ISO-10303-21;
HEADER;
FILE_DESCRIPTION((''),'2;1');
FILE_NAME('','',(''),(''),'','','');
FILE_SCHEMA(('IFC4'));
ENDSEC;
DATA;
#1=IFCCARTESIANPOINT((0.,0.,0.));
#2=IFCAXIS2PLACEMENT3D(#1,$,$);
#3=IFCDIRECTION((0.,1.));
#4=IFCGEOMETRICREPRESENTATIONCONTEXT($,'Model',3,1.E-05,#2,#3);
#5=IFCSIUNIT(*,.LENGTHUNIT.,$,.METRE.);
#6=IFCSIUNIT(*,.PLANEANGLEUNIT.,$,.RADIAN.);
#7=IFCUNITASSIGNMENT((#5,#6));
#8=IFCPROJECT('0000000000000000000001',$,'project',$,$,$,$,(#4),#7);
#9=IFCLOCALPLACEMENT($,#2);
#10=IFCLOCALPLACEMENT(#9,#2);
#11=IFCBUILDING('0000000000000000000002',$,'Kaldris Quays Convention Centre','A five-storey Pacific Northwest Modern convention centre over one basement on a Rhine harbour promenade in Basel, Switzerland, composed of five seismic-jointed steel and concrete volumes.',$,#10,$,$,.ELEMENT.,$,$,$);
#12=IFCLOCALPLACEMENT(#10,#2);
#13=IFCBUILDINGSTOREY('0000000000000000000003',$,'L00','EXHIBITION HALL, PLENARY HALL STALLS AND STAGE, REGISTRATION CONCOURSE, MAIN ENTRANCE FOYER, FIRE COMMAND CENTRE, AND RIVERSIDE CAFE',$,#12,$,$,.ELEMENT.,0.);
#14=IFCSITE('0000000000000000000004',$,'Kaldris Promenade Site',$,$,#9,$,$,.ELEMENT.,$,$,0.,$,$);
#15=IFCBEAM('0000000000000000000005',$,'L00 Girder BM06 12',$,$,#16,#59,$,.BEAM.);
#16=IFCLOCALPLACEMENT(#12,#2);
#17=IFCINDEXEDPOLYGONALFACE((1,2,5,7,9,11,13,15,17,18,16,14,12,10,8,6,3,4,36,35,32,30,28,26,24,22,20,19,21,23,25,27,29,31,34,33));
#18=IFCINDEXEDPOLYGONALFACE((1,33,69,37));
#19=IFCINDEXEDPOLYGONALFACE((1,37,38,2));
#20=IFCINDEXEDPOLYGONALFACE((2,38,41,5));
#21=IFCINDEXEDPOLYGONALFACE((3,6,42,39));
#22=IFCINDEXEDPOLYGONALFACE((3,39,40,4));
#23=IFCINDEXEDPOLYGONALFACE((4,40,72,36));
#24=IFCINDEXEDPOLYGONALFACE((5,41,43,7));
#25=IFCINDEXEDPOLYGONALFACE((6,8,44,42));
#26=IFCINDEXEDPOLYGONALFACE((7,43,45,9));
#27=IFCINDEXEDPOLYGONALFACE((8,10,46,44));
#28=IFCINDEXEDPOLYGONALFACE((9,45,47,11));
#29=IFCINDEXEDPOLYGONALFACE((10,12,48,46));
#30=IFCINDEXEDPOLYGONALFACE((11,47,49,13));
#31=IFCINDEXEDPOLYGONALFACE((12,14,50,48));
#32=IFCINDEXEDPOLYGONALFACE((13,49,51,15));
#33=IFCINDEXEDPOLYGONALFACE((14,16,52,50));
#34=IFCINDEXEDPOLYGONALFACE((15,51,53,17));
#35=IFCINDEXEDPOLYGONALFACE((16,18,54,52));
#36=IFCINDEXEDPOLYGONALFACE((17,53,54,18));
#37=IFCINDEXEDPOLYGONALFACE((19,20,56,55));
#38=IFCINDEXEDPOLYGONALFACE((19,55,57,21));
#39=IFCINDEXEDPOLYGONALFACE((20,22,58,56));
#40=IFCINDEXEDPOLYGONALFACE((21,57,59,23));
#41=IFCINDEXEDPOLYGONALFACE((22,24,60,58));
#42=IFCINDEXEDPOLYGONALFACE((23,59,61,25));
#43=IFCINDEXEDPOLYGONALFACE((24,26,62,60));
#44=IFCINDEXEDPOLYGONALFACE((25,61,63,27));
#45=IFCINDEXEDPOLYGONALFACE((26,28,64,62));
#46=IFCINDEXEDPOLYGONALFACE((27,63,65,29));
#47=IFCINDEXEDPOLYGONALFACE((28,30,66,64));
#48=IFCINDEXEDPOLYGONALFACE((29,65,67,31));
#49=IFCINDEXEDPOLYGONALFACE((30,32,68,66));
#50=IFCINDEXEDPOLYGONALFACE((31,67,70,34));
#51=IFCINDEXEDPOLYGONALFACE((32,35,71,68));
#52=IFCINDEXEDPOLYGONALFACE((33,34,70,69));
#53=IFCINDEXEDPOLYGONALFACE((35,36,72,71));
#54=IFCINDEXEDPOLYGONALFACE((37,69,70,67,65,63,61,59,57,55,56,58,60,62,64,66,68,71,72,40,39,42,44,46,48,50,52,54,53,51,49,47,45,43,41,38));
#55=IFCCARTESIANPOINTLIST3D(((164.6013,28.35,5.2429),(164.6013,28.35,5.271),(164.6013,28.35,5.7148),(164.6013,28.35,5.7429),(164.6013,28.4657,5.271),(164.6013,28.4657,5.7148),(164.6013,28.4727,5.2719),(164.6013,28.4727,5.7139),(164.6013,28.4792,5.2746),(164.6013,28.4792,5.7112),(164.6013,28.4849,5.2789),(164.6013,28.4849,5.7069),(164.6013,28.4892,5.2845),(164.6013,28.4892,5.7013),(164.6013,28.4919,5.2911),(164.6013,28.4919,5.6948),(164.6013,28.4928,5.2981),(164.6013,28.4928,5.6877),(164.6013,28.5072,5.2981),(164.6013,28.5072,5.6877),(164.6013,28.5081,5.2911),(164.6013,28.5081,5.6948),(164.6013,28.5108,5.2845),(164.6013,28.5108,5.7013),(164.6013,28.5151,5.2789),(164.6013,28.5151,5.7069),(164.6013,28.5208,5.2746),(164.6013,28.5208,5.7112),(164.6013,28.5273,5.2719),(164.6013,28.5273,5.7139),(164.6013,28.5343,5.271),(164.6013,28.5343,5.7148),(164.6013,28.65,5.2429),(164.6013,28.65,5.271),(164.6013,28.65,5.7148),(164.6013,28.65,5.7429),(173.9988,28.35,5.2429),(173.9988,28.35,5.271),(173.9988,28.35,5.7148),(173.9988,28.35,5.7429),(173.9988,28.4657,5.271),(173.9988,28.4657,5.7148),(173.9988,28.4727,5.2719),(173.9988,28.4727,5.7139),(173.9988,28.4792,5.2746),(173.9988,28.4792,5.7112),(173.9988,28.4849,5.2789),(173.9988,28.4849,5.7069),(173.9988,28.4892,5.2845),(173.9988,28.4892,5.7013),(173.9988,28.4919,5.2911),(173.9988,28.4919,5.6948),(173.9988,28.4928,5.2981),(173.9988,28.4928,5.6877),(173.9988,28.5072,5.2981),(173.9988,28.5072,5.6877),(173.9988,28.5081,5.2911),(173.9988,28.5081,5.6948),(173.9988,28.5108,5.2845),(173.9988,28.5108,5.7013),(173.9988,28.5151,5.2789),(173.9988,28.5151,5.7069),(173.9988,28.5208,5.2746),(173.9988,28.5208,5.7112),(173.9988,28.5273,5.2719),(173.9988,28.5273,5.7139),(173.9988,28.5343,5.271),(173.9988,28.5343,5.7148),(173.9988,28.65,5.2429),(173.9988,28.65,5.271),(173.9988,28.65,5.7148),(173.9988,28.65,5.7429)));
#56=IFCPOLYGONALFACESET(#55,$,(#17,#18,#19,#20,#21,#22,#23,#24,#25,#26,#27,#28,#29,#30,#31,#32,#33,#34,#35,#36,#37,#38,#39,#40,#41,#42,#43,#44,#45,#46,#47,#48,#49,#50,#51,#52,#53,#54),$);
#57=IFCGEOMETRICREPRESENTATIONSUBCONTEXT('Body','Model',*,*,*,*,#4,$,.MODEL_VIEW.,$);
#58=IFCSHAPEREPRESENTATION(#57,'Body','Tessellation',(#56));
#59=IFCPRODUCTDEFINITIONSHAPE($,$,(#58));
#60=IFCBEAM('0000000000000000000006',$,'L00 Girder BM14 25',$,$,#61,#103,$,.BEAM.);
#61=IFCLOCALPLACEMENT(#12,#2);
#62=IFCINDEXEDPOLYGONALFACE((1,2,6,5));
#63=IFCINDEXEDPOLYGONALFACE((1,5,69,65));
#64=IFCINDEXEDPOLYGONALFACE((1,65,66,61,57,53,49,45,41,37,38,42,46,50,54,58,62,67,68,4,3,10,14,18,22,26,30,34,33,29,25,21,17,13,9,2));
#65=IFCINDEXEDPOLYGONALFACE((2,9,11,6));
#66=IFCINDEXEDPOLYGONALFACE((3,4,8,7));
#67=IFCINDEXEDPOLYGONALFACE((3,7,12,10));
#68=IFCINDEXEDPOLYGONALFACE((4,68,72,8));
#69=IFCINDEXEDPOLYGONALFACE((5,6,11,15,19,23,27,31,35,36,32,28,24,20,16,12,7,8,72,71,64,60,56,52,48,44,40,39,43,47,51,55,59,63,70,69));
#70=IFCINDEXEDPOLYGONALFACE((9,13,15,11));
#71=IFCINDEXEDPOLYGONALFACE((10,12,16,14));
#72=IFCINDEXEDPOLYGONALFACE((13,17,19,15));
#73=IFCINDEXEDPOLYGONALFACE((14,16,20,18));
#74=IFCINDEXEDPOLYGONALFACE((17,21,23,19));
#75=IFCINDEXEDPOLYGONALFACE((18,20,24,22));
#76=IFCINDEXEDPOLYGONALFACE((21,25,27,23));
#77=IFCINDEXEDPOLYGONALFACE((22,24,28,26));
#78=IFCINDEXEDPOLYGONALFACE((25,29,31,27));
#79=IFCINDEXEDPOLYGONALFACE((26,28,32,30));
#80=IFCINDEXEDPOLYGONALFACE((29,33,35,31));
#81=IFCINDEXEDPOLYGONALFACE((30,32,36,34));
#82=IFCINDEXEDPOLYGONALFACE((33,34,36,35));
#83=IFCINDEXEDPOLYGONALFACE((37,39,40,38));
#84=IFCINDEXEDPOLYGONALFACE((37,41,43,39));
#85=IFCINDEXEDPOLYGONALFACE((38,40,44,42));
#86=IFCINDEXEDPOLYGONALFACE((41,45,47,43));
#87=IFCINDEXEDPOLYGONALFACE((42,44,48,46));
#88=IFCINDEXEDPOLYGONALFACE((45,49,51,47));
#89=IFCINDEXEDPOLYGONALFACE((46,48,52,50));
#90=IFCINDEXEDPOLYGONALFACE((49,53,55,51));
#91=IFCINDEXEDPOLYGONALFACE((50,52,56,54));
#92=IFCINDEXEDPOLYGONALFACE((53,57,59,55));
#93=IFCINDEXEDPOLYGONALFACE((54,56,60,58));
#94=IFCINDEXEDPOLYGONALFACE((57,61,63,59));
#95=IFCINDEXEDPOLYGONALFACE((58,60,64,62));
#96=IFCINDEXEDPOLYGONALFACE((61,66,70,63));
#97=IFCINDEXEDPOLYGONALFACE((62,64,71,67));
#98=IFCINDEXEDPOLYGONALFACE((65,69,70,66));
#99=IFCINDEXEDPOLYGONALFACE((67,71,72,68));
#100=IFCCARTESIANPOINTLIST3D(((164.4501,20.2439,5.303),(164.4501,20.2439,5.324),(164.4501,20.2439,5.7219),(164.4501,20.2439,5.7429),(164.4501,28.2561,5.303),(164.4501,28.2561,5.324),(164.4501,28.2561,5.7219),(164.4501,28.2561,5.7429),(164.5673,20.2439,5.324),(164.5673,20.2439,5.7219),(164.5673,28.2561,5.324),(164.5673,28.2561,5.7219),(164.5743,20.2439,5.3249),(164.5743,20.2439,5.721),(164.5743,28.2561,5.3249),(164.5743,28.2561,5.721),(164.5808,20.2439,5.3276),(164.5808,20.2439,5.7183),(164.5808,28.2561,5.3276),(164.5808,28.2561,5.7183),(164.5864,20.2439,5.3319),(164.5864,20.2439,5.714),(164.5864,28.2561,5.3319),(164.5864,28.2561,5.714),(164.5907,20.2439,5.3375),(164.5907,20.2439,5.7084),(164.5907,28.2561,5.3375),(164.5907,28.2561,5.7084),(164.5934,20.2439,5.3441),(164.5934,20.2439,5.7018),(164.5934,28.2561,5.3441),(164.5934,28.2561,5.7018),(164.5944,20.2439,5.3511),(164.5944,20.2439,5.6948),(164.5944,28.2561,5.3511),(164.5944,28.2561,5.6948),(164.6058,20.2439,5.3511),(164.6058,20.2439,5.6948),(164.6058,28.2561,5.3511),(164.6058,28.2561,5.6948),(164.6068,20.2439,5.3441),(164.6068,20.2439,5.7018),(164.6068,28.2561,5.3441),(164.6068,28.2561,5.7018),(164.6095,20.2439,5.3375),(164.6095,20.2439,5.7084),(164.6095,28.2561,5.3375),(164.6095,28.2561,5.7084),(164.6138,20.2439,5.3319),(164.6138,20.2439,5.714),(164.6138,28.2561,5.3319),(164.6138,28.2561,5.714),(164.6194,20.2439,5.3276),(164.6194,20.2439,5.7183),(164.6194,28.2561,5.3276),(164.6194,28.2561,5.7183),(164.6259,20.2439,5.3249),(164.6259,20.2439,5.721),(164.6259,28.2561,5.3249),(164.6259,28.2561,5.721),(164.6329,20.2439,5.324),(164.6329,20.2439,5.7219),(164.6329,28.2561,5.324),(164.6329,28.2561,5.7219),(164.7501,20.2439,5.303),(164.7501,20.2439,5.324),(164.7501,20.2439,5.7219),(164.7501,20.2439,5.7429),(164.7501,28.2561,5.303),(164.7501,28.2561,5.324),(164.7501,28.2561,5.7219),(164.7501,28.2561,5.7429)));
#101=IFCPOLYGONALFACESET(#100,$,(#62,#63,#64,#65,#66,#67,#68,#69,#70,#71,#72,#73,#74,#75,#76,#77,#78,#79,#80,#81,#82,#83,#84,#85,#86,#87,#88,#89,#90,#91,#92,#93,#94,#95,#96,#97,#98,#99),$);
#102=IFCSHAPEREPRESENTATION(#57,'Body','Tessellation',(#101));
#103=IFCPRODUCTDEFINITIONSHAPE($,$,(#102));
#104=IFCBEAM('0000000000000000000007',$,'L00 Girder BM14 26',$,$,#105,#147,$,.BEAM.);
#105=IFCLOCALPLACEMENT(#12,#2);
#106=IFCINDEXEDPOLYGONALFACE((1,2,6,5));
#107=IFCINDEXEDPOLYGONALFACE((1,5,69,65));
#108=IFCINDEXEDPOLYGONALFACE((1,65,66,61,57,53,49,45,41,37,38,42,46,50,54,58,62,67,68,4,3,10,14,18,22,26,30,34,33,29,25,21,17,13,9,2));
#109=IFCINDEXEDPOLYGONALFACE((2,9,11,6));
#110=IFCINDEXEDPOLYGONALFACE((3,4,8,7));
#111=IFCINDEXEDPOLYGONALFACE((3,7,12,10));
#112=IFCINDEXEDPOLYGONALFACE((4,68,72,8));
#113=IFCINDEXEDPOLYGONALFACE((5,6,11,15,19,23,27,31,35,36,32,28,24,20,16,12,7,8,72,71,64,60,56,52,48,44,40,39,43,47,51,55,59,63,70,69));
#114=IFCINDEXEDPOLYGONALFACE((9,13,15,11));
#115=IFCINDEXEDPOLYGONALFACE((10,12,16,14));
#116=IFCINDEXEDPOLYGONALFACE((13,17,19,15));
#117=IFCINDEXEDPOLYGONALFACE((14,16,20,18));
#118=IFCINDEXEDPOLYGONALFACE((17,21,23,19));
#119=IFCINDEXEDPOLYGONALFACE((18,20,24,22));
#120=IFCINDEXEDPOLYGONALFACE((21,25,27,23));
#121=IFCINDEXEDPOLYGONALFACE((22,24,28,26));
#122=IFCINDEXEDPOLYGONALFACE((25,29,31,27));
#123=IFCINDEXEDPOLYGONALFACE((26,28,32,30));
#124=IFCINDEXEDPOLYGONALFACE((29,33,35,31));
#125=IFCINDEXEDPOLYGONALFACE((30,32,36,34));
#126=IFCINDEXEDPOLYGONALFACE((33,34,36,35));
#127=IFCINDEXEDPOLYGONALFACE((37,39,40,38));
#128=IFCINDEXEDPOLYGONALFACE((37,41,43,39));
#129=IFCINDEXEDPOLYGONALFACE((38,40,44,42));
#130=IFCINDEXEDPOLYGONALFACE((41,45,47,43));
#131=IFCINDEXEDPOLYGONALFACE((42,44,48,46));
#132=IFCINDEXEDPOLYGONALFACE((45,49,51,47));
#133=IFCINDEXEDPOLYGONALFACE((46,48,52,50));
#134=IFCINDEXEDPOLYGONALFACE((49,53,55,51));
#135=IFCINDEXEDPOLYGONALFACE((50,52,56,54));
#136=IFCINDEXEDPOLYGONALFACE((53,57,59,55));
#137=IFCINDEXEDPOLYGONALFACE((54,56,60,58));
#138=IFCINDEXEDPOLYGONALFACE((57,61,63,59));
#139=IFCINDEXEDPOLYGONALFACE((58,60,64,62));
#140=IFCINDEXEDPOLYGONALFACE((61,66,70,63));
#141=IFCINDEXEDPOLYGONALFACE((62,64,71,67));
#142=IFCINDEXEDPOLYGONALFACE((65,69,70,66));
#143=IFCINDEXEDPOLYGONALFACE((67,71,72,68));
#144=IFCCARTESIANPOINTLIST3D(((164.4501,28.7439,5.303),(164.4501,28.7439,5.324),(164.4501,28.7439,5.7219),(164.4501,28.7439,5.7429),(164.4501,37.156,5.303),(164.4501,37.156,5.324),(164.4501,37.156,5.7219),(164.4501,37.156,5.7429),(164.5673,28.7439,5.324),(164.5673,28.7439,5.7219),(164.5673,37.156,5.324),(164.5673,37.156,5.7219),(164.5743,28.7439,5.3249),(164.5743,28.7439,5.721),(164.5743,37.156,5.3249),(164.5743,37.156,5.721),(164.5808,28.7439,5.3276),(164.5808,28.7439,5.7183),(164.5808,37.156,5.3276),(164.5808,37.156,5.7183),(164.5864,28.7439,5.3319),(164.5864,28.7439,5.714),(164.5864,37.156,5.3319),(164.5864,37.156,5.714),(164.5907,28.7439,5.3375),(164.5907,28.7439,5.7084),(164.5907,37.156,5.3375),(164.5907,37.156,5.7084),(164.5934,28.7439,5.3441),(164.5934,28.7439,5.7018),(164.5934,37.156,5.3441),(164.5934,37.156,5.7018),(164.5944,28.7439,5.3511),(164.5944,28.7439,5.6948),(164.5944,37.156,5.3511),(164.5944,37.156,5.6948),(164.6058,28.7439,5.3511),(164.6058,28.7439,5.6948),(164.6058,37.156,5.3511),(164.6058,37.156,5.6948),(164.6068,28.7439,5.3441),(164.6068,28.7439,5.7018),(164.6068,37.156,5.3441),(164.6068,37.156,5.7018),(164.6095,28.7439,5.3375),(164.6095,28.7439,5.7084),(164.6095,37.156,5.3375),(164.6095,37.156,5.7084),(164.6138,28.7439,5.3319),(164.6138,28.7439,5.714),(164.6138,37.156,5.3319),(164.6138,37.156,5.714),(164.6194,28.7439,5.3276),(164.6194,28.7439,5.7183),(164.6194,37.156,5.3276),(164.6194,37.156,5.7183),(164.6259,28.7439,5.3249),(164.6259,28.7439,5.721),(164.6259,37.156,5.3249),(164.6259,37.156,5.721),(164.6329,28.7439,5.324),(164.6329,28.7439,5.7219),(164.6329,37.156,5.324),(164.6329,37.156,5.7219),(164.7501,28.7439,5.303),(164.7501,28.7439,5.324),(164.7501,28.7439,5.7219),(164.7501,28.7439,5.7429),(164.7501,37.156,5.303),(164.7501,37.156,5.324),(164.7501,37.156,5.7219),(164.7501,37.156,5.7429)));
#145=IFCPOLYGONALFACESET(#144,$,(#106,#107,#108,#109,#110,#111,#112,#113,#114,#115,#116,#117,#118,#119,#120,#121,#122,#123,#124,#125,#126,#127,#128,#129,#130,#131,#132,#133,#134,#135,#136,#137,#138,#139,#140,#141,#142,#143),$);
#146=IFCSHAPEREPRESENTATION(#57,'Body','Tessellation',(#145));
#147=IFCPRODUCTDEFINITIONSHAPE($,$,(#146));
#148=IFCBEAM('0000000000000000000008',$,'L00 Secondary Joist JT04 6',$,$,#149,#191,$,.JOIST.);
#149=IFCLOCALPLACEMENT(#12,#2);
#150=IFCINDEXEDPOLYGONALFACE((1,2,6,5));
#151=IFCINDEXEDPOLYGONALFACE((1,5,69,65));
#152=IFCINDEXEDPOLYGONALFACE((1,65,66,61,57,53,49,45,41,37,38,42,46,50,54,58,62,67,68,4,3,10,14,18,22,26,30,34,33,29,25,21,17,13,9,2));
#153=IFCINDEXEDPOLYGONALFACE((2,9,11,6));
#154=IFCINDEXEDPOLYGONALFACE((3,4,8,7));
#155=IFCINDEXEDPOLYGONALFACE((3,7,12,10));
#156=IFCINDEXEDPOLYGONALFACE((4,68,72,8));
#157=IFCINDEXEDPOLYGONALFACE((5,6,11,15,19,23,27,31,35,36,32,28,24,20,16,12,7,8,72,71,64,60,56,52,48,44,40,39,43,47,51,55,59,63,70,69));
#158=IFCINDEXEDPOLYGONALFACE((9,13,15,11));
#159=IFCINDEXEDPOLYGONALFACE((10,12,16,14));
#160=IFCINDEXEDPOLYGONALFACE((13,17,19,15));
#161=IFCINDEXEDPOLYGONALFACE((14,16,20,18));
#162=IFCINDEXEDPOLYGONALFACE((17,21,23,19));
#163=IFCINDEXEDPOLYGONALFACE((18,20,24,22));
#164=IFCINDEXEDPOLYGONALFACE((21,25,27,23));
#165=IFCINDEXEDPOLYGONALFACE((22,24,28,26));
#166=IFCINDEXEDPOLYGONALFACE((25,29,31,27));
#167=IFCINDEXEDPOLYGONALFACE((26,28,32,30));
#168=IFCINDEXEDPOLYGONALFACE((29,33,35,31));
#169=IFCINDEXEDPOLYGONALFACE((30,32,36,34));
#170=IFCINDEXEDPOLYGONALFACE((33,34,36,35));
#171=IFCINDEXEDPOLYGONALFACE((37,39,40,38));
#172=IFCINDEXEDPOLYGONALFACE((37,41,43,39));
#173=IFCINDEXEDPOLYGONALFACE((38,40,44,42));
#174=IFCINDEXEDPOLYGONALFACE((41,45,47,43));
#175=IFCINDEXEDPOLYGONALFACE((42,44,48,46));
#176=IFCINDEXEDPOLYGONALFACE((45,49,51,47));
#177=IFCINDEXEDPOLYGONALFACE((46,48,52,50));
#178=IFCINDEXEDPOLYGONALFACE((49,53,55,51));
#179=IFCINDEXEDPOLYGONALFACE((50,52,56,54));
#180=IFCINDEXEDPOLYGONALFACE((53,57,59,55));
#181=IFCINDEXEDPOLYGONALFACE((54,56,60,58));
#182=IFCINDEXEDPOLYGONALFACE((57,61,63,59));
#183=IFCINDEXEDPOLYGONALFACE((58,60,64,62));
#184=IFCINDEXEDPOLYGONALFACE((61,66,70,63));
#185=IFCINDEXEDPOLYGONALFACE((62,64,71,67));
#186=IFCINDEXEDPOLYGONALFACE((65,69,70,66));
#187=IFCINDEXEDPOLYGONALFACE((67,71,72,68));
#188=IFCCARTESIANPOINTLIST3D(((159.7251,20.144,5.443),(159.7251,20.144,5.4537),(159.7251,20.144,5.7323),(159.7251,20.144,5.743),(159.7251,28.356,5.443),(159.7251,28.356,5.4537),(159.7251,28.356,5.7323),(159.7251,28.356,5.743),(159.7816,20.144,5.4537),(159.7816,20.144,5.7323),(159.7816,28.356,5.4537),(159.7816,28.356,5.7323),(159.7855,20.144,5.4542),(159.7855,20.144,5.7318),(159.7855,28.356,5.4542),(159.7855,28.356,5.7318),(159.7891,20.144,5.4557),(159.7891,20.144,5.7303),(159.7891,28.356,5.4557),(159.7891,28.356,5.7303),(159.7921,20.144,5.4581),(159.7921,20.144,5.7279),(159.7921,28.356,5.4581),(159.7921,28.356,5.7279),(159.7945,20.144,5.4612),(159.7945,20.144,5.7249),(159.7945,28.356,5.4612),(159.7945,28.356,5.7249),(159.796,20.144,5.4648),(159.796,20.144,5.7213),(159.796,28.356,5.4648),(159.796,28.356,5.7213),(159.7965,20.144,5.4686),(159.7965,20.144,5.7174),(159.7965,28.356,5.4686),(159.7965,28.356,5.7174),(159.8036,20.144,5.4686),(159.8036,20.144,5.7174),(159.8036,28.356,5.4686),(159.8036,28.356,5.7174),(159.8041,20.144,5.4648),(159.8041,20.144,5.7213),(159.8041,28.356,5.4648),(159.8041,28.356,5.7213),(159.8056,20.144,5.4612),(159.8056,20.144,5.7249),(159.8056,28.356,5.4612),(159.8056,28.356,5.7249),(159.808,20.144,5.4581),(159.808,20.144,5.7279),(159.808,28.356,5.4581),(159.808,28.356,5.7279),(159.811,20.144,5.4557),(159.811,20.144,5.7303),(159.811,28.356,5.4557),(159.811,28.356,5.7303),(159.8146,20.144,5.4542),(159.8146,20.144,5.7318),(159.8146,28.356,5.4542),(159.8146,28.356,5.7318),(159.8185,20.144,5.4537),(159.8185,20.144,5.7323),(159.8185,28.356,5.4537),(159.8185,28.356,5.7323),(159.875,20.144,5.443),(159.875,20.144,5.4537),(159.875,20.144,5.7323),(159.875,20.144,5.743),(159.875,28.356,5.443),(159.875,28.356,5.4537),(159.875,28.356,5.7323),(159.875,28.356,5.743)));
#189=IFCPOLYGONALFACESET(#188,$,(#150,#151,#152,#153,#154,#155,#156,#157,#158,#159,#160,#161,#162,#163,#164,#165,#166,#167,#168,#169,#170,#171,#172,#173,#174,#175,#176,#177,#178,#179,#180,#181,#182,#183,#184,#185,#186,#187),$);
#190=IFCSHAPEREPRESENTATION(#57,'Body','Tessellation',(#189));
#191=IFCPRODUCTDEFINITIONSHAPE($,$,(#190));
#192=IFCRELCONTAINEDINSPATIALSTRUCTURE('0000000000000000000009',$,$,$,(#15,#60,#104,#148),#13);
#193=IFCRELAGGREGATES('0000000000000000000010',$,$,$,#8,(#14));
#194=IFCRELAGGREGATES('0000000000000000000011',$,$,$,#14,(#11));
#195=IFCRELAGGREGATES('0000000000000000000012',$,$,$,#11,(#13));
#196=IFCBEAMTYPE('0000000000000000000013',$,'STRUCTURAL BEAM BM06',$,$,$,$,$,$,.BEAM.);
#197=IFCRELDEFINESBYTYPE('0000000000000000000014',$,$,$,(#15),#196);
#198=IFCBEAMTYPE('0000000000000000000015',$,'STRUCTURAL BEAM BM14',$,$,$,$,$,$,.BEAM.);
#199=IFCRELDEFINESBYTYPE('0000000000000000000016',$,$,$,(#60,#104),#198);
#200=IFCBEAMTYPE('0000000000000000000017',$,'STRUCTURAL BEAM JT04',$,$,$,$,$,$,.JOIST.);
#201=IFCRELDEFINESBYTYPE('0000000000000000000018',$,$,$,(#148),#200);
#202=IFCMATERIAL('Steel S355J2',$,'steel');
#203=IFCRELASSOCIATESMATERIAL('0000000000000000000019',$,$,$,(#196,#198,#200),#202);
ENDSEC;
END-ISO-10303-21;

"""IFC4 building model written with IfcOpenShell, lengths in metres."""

from ifc_helpers import new_model, si_unit, direction, frame, origin, origin_2d, place, context, subcontext, project, spatial, i_section, extrude, material, material_profile, profile_set, type_object, element, save


model = new_model("IFC4")

# Units and contexts
model_context = context("Model", 3, precision=1e-05, world=origin(), true_north=direction((0.0, 1.0)))
body_context = subcontext(model_context, "Body", "Model", "MODEL_VIEW")
ifc_project = project(units=[si_unit("LENGTHUNIT", "METRE"), si_unit("PLANEANGLEUNIT", "RADIAN")], contexts=[model_context])

# Site, building, storey
site_placement = place(None, origin())
site = spatial("IfcSite", under=ifc_project, at=site_placement, Name="Kaldris Promenade Site", CompositionType="ELEMENT", RefElevation=0.0)
building_placement = place(site_placement, origin())
building = spatial("IfcBuilding", under=site, at=building_placement, Name="Kaldris Quays Convention Centre", Description="A five-storey Pacific Northwest Modern convention centre over one basement on a Rhine harbour promenade in Basel, Switzerland, composed of five seismic-jointed steel and concrete volumes.", CompositionType="ELEMENT")
storey_placement = place(building_placement, origin())
storey = spatial("IfcBuildingStorey", under=building, at=storey_placement, Name="L00", Description="EXHIBITION HALL, PLENARY HALL STALLS AND STAGE, REGISTRATION CONCOURSE, MAIN ENTRANCE FOYER, FIRE COMMAND CENTRE, AND RIVERSIDE CAFE", CompositionType="ELEMENT", Elevation=0.0)

# Shared definitions
ifc_material_1 = material(Name="Steel S355J2", Category="steel")

# Beams
ifc_material_profile_1 = material_profile(ifc_material_1, i_section(OverallWidth=0.3, OverallDepth=0.5, WebThickness=0.0144, FlangeThickness=0.0281, FilletRadius=0.0271, at=origin_2d()), Name="HEB 500")
ifc_profile_set_1 = profile_set([ifc_material_profile_1], Name="Steel S355J2")
beam_type_1 = type_object("IfcBeamType", Name="STRUCTURAL BEAM BM06", PredefinedType="BEAM", material=ifc_profile_set_1)
beam_1_placement = place(storey_placement, frame((164.6013, 28.5, 5.4929), z_axis=(1.0, 0.0, 0.0), x_axis=(0.0, 1.0, 0.0)))
element("IfcBeam", 1, at=beam_1_placement, inside=storey, type_object=beam_type_1, Name="L00 Girder BM06 12", PredefinedType="BEAM", context=body_context, shape_type="SweptSolid", body=[
    extrude(i_section(OverallWidth=0.3, OverallDepth=0.5, WebThickness=0.0144, FlangeThickness=0.0281, FilletRadius=0.0271, at=origin_2d()), origin(), (0.0, 0.0, 1.0), 9.3975),
])
ifc_material_profile_2 = material_profile(ifc_material_1, i_section(OverallWidth=0.3, OverallDepth=0.4399, WebThickness=0.0115, FlangeThickness=0.021, FilletRadius=0.0271, at=origin_2d()), Name="HEA 450")
ifc_profile_set_2 = profile_set([ifc_material_profile_2], Name="Steel S355J2")
beam_type_2 = type_object("IfcBeamType", Name="STRUCTURAL BEAM BM14", PredefinedType="BEAM", material=ifc_profile_set_2)
beam_2_placement = place(storey_placement, frame((164.6001, 20.2439, 5.5229), z_axis=(0.0, 1.0, 0.0), x_axis=(-1.0, 0.0, 0.0)))
element("IfcBeam", 2, at=beam_2_placement, inside=storey, type_object=beam_type_2, Name="L00 Girder BM14 25", PredefinedType="BEAM", context=body_context, shape_type="SweptSolid", body=[
    extrude(i_section(OverallWidth=0.3, OverallDepth=0.4399, WebThickness=0.0115, FlangeThickness=0.021, FilletRadius=0.0271, at=origin_2d()), origin(), (0.0, 0.0, 1.0), 8.0122),
])
beam_3_placement = place(storey_placement, frame((164.6001, 28.7439, 5.5229), z_axis=(0.0, 1.0, 0.0), x_axis=(-1.0, 0.0, 0.0)))
element("IfcBeam", 3, at=beam_3_placement, inside=storey, type_object=beam_type_2, Name="L00 Girder BM14 26", PredefinedType="BEAM", context=body_context, shape_type="SweptSolid", body=[
    extrude(i_section(OverallWidth=0.3, OverallDepth=0.4399, WebThickness=0.0115, FlangeThickness=0.021, FilletRadius=0.0271, at=origin_2d()), origin(), (0.0, 0.0, 1.0), 8.4121),
])
ifc_material_profile_3 = material_profile(ifc_material_1, i_section(OverallWidth=0.1499, OverallDepth=0.3, WebThickness=0.0071, FlangeThickness=0.0107, FilletRadius=0.0149, at=origin_2d()), Name="IPE 300")
ifc_profile_set_3 = profile_set([ifc_material_profile_3], Name="Steel S355J2")
beam_type_3 = type_object("IfcBeamType", Name="STRUCTURAL BEAM JT04", PredefinedType="JOIST", material=ifc_profile_set_3)
for number, where, z_axis, x_axis, name in (
    (4, (159.8, 20.144, 5.593), (0.0, 1.0, 0.0), (-1.0, 0.0, 0.0), "L00 Secondary Joist JT04 6"),
):
    element("IfcBeam", number, at=place(storey_placement, frame(where, z_axis=z_axis, x_axis=x_axis)), inside=storey, type_object=beam_type_3, Name=name, PredefinedType="JOIST", context=body_context, shape_type="SweptSolid", body=[
        extrude(i_section(OverallWidth=0.1499, OverallDepth=0.3, WebThickness=0.0071, FlangeThickness=0.0107, FilletRadius=0.0149, at=origin_2d()), origin(), (0.0, 0.0, 1.0), 8.2119),
    ])

save(model, "model.ifc")
